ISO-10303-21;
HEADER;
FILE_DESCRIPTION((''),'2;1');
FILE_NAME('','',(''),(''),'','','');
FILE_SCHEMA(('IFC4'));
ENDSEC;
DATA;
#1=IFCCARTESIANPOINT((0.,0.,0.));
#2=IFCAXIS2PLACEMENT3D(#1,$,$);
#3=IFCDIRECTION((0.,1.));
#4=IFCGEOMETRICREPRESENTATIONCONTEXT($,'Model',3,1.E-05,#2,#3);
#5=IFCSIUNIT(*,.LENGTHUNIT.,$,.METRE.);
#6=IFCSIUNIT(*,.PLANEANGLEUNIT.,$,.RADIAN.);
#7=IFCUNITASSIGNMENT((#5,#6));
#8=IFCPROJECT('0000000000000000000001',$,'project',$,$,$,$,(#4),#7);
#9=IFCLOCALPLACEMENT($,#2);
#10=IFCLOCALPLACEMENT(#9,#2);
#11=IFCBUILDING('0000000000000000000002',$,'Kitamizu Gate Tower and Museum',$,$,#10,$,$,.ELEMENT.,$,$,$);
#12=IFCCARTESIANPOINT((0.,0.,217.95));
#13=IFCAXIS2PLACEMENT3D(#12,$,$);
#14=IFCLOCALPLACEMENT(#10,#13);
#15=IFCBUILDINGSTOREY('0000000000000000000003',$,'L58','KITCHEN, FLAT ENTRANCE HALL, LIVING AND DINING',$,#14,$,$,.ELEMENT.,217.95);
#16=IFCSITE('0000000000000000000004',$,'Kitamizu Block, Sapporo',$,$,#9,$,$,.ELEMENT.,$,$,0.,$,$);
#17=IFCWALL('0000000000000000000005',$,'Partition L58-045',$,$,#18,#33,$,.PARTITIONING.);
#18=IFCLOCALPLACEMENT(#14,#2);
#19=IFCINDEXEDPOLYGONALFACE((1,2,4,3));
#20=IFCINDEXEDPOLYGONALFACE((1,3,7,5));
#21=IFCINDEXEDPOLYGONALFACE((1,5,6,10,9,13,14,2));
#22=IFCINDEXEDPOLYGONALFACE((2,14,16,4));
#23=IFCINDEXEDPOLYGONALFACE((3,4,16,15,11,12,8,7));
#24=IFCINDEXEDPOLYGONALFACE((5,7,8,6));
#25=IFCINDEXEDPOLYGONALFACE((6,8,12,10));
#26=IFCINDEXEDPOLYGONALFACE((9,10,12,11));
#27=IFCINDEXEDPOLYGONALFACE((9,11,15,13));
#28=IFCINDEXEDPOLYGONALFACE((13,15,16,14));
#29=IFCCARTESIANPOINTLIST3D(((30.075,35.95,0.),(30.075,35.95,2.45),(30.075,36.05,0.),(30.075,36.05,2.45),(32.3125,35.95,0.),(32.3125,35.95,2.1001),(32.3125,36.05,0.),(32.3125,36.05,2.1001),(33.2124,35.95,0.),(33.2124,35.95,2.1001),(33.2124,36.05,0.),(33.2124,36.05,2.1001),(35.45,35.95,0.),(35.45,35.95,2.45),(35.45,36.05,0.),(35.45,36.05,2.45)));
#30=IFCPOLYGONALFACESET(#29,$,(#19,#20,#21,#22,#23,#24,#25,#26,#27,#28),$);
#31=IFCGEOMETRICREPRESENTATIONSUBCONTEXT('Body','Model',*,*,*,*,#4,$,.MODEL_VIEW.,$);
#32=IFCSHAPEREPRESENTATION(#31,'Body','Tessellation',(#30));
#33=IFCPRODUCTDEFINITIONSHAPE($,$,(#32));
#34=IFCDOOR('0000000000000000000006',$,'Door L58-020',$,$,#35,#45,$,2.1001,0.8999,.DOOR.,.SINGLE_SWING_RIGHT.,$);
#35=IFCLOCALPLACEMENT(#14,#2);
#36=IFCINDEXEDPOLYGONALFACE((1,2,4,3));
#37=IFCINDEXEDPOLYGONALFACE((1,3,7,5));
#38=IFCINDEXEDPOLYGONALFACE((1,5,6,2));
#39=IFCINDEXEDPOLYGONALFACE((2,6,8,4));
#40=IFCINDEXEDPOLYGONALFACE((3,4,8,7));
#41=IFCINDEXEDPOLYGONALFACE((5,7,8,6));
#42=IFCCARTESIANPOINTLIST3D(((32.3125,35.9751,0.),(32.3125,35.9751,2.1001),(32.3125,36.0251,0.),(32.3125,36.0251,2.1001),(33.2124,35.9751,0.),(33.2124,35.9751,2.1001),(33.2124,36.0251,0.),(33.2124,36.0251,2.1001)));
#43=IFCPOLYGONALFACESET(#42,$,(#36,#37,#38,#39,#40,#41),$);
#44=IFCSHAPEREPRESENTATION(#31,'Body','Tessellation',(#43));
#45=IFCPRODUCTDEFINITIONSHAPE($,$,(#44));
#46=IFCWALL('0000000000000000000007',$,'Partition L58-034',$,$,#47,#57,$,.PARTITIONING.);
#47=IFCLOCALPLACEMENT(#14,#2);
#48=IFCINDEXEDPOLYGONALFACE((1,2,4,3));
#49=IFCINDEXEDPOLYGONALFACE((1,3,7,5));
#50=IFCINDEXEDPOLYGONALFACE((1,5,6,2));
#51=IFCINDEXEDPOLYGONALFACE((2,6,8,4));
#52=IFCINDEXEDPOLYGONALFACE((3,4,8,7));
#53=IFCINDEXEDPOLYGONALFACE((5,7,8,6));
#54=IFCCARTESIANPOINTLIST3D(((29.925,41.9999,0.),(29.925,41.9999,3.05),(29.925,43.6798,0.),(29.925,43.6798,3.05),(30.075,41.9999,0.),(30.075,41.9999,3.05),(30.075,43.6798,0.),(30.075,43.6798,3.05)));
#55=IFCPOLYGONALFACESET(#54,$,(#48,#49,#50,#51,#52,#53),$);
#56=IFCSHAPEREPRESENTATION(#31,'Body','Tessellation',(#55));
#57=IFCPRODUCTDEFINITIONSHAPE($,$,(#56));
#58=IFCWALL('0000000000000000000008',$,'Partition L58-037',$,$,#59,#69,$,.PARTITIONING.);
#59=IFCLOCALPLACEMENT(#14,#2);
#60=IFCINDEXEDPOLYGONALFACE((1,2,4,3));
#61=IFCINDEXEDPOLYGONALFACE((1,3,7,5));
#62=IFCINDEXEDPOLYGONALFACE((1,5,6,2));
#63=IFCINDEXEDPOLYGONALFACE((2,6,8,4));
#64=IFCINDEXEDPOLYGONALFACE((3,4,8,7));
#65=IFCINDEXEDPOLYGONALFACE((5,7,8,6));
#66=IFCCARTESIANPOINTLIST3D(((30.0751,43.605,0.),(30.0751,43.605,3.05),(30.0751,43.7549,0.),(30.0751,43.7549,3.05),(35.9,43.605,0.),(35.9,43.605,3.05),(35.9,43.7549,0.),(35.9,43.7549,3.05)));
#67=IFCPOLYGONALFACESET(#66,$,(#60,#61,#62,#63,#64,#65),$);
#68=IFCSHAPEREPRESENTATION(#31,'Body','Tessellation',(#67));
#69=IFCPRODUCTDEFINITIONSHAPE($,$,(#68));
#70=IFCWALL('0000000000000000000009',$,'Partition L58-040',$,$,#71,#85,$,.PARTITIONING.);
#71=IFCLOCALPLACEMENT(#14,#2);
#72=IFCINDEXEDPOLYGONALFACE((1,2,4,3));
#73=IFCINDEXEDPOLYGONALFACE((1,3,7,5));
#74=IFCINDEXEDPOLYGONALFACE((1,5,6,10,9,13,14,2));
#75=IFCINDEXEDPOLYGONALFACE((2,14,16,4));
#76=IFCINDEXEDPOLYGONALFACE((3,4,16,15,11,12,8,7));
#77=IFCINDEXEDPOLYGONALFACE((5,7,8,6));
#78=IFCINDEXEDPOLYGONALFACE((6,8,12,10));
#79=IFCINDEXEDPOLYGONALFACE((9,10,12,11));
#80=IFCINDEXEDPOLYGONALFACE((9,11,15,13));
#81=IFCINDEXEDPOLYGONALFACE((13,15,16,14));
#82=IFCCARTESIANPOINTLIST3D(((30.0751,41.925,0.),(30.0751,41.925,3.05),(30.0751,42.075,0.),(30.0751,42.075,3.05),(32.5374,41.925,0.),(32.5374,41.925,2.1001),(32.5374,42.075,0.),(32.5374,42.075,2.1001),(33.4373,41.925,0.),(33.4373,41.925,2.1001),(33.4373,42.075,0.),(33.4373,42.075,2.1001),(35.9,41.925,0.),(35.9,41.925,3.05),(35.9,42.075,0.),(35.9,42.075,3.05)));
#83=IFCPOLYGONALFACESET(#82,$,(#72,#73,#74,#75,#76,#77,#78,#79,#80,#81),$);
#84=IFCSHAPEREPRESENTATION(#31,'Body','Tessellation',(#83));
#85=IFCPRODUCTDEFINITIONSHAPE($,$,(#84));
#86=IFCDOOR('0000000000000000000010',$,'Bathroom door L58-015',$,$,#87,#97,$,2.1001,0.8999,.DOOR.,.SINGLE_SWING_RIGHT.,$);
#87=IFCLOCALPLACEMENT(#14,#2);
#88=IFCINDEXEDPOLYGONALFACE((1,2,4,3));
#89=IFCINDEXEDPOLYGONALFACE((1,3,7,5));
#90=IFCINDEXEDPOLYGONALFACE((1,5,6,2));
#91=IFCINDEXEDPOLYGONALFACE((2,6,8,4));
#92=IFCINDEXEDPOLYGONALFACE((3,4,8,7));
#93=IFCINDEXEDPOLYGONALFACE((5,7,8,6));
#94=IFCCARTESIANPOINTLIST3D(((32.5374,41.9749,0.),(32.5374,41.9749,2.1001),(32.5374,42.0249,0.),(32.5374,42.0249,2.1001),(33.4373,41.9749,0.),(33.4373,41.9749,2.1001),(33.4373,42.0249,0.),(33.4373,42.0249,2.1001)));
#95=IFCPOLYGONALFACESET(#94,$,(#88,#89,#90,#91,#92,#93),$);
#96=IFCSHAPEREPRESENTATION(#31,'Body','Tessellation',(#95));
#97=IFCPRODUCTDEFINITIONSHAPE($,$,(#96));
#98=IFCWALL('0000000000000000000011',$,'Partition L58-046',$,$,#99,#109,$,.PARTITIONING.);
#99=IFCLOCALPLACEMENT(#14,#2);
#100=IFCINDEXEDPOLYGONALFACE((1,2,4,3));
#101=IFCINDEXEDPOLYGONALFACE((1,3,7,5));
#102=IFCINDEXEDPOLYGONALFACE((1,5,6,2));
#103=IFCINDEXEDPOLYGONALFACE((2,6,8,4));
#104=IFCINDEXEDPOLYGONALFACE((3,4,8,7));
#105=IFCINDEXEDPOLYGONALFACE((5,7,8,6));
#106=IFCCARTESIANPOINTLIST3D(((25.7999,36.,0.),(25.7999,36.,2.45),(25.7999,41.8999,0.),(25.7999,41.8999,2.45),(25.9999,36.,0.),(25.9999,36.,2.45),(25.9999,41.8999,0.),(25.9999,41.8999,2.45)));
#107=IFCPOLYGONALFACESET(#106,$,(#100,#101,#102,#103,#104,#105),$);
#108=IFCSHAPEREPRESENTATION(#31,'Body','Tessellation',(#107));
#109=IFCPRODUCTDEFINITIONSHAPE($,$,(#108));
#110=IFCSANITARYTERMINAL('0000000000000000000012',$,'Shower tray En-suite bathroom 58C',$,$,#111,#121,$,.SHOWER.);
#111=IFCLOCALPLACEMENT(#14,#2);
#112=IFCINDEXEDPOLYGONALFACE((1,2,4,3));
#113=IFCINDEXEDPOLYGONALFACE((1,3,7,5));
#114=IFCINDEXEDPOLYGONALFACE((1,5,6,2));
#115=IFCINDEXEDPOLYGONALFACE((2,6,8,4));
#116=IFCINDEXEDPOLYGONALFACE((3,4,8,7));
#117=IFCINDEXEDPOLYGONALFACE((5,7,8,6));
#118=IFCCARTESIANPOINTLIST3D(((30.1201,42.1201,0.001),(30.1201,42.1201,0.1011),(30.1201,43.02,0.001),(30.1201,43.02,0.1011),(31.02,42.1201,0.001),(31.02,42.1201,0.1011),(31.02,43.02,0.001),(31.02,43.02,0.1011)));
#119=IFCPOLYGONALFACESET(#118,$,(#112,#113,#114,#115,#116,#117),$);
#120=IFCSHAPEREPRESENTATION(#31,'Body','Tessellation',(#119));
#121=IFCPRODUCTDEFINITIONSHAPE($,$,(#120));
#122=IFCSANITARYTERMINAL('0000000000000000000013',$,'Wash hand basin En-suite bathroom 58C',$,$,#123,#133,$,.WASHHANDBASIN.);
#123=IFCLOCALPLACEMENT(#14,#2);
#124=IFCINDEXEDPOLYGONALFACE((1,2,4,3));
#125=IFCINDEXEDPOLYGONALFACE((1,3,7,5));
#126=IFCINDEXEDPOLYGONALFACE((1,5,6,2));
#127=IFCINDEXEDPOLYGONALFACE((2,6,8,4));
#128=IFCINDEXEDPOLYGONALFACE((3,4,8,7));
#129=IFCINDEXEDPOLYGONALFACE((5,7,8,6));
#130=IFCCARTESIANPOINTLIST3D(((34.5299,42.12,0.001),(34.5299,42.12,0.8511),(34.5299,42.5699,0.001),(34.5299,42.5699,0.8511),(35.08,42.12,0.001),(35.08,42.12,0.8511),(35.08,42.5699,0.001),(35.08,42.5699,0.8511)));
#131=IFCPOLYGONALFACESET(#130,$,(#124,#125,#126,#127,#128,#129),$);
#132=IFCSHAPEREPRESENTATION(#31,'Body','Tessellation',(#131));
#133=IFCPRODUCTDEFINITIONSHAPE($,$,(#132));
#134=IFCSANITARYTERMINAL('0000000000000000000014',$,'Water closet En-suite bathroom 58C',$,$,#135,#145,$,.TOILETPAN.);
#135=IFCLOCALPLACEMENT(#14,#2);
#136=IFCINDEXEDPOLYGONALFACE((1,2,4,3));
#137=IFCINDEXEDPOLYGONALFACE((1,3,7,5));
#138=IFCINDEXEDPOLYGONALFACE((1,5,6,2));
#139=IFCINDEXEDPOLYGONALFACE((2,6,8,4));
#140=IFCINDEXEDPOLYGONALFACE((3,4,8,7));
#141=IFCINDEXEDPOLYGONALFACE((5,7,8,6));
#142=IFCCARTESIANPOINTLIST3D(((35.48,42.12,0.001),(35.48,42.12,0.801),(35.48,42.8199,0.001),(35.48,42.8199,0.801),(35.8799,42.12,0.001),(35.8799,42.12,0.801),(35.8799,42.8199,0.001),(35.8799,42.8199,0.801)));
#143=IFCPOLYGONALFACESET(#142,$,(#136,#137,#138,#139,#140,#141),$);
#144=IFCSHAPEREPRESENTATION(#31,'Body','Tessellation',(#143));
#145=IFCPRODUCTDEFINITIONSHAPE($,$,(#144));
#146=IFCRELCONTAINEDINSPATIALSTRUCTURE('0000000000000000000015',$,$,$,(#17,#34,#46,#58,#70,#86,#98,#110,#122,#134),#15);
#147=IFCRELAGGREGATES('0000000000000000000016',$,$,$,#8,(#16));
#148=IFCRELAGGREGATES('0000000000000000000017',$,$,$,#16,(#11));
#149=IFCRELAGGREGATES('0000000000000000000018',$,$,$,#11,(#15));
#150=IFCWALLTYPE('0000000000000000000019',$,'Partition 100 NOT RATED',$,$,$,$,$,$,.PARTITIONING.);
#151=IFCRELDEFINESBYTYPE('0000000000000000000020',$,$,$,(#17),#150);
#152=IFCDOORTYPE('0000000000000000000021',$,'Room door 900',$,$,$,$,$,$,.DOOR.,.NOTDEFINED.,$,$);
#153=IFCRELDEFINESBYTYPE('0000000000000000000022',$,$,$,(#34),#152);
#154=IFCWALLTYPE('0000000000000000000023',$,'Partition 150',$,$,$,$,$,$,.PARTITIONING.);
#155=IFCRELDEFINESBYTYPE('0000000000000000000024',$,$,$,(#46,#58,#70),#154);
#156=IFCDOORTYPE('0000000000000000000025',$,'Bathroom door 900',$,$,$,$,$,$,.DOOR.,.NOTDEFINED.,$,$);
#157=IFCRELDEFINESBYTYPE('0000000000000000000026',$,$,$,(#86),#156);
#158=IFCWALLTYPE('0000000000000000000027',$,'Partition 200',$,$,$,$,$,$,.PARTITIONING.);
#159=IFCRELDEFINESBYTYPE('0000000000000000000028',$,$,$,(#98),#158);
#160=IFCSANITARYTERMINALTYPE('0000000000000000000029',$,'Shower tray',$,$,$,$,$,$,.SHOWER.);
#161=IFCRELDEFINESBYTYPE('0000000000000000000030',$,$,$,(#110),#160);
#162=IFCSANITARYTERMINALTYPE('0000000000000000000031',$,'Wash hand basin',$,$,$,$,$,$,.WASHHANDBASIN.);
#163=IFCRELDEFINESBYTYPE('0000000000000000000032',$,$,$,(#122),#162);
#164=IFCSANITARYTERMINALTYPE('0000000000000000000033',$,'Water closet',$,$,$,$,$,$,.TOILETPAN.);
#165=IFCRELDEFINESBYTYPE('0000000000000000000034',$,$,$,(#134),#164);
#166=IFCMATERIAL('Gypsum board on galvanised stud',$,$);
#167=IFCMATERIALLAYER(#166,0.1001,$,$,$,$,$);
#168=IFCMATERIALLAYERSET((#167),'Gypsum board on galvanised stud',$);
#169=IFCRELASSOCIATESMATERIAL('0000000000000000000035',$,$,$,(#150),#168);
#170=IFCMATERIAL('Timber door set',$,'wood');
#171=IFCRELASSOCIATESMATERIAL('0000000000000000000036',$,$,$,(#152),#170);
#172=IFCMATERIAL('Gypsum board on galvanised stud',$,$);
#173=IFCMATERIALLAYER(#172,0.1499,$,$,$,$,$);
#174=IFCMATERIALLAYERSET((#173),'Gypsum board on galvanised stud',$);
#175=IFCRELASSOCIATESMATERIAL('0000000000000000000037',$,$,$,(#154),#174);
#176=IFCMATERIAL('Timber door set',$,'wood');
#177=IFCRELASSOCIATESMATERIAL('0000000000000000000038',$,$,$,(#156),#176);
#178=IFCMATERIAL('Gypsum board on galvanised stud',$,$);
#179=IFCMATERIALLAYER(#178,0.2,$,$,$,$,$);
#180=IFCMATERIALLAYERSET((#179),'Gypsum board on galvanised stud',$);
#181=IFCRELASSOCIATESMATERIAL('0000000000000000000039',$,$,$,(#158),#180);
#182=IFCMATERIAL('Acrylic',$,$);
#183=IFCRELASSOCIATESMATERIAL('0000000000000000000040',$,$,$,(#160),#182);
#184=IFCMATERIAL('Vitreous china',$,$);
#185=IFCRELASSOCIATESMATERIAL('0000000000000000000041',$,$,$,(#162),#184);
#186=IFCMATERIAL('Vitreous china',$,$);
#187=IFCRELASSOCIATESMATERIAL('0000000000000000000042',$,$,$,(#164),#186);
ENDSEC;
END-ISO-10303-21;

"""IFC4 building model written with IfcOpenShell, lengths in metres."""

from ifc_helpers import new_model, si_unit, direction, frame, frame_2d, origin, origin_2d, place, context, subcontext, project, spatial, rectangle, extrude, material, layer, layer_set, type_object, element, fill, save


model = new_model("IFC4")

# Units and contexts
model_context = context("Model", 3, precision=1e-05, world=origin(), true_north=direction((0.0, 1.0)))
body_context = subcontext(model_context, "Body", "Model", "MODEL_VIEW")
ifc_project = project(units=[si_unit("LENGTHUNIT", "METRE"), si_unit("PLANEANGLEUNIT", "RADIAN")], contexts=[model_context])

# Site, building, storey
site_placement = place(None, origin())
site = spatial("IfcSite", under=ifc_project, at=site_placement, Name="Kitamizu Block, Sapporo", CompositionType="ELEMENT", RefElevation=0.0)
building_placement = place(site_placement, origin())
building = spatial("IfcBuilding", under=site, at=building_placement, Name="Kitamizu Gate Tower and Museum", CompositionType="ELEMENT")
storey_placement = place(building_placement, frame((0.0, 0.0, 217.95)))
storey = spatial("IfcBuildingStorey", under=building, at=storey_placement, Name="L58", Description="KITCHEN, FLAT ENTRANCE HALL, LIVING AND DINING", CompositionType="ELEMENT", Elevation=217.95)

# Wall, opening, door
ifc_material_1 = material(Name="Gypsum board on galvanised stud")
ifc_layer_1 = layer(ifc_material_1, 0.1001)
ifc_layer_set_1 = layer_set([ifc_layer_1], Name="Gypsum board on galvanised stud")
wall_type_1 = type_object("IfcWallType", Name="Partition 100 NOT RATED", PredefinedType="PARTITIONING", material=ifc_layer_set_1)
ifc_material_2 = material(Name="Timber door set", Category="wood")
door_type_1 = type_object("IfcDoorType", Name="Room door 900", OperationType="NOTDEFINED", PredefinedType="DOOR", material=ifc_material_2)
wall_1_placement = place(storey_placement, frame((30.075, 36.0, 0.0), z_axis=(0.0, 0.0, 1.0), x_axis=(1.0, 0.0, 0.0)))
wall_1 = element("IfcWall", 1, at=wall_1_placement, inside=storey, type_object=wall_type_1, Name="Partition L58-045", PredefinedType="PARTITIONING", context=body_context, shape_type="SweptSolid", body=[
    extrude(rectangle(XDim=5.375, YDim=0.1001, at=frame_2d((2.6875, 0.0))), origin(), (0.0, 0.0, 1.0), 2.45),
])
opening_1_placement = place(wall_1_placement, frame((2.2375, 0.0, 0.0)))
opening_1 = element("IfcOpeningElement", 2, at=opening_1_placement, cuts=wall_1, PredefinedType="OPENING", context=body_context, shape_type="SweptSolid", body=[
    extrude(rectangle(XDim=0.8999, YDim=2.1001, at=frame_2d((0.45, 1.05))), frame((0.0, 0.0601, 0.0), z_axis=(0.0, -1.0, 0.0), x_axis=(1.0, 0.0, 0.0)), (0.0, 0.0, 1.0), 0.1201),
])
door_1_placement = place(opening_1_placement, frame((0.8999, 0.0, 0.0), x_axis=(-1.0, 0.0, 0.0)))
door_1 = element("IfcDoor", 3, at=door_1_placement, inside=storey, type_object=door_type_1, Name="Door L58-020", OperationType="SINGLE_SWING_RIGHT", OverallHeight=2.1001, OverallWidth=0.8999, PredefinedType="DOOR", context=body_context, shape_type="SweptSolid", body=[
    extrude(rectangle(XDim=0.8999, YDim=2.1001, at=frame_2d((0.45, 1.05))), frame((0.0, 0.0249, 0.0), z_axis=(0.0, -1.0, 0.0), x_axis=(1.0, 0.0, 0.0)), (0.0, 0.0, 1.0), 0.05),
])
fill(opening_1, door_1)

# Walls
ifc_material_3 = material(Name="Gypsum board on galvanised stud")
ifc_layer_2 = layer(ifc_material_3, 0.1499)
ifc_layer_set_2 = layer_set([ifc_layer_2], Name="Gypsum board on galvanised stud")
wall_type_2 = type_object("IfcWallType", Name="Partition 150", PredefinedType="PARTITIONING", material=ifc_layer_set_2)
wall_2_placement = place(storey_placement, frame((30.0, 42.0, 0.0), z_axis=(0.0, 0.0, 1.0), x_axis=(0.0, 1.0, 0.0)))
element("IfcWall", 4, at=wall_2_placement, inside=storey, type_object=wall_type_2, Name="Partition L58-034", PredefinedType="PARTITIONING", context=body_context, shape_type="SweptSolid", body=[
    extrude(rectangle(XDim=1.6799, YDim=0.1499, at=frame_2d((0.8398, 0.0))), origin(), (0.0, 0.0, 1.0), 3.05),
])
wall_3_placement = place(storey_placement, frame((30.075, 43.6799, 0.0), z_axis=(0.0, 0.0, 1.0), x_axis=(1.0, 0.0, 0.0)))
element("IfcWall", 5, at=wall_3_placement, inside=storey, type_object=wall_type_2, Name="Partition L58-037", PredefinedType="PARTITIONING", context=body_context, shape_type="SweptSolid", body=[
    extrude(rectangle(XDim=5.825, YDim=0.1499, at=frame_2d((2.9126, 0.0))), origin(), (0.0, 0.0, 1.0), 3.05),
])

# Wall, opening, door
wall_4_placement = place(storey_placement, frame((30.075, 42.0, 0.0), z_axis=(0.0, 0.0, 1.0), x_axis=(1.0, 0.0, 0.0)))
wall_4 = element("IfcWall", 6, at=wall_4_placement, inside=storey, type_object=wall_type_2, Name="Partition L58-040", PredefinedType="PARTITIONING", context=body_context, shape_type="SweptSolid", body=[
    extrude(rectangle(XDim=5.825, YDim=0.1499, at=frame_2d((2.9126, 0.0))), origin(), (0.0, 0.0, 1.0), 3.05),
])
opening_2_placement = place(wall_4_placement, frame((2.4624, 0.0, 0.0)))
opening_2 = element("IfcOpeningElement", 7, at=opening_2_placement, cuts=wall_4, PredefinedType="OPENING", context=body_context, shape_type="SweptSolid", body=[
    extrude(rectangle(XDim=0.8999, YDim=2.1001, at=frame_2d((0.45, 1.05))), frame((0.0, 0.085, 0.0), z_axis=(0.0, -1.0, 0.0), x_axis=(1.0, 0.0, 0.0)), (0.0, 0.0, 1.0), 0.1699),
])
ifc_material_4 = material(Name="Timber door set", Category="wood")
door_type_2 = type_object("IfcDoorType", Name="Bathroom door 900", OperationType="NOTDEFINED", PredefinedType="DOOR", material=ifc_material_4)
door_2_placement = place(opening_2_placement, origin())
door_2 = element("IfcDoor", 8, at=door_2_placement, inside=storey, type_object=door_type_2, Name="Bathroom door L58-015", OperationType="SINGLE_SWING_RIGHT", OverallHeight=2.1001, OverallWidth=0.8999, PredefinedType="DOOR", context=body_context, shape_type="SweptSolid", body=[
    extrude(rectangle(XDim=0.8999, YDim=2.1001, at=frame_2d((0.45, 1.05))), frame((0.0, 0.0249, 0.0), z_axis=(0.0, -1.0, 0.0), x_axis=(1.0, 0.0, 0.0)), (0.0, 0.0, 1.0), 0.05),
])
fill(opening_2, door_2)

# Wall
ifc_material_5 = material(Name="Gypsum board on galvanised stud")
ifc_layer_3 = layer(ifc_material_5, 0.2)
ifc_layer_set_3 = layer_set([ifc_layer_3], Name="Gypsum board on galvanised stud")
wall_type_3 = type_object("IfcWallType", Name="Partition 200", PredefinedType="PARTITIONING", material=ifc_layer_set_3)
wall_5_placement = place(storey_placement, frame((25.8999, 41.8999, 0.0), z_axis=(0.0, 0.0, 1.0), x_axis=(0.0, -1.0, 0.0)))
element("IfcWall", 9, at=wall_5_placement, inside=storey, type_object=wall_type_3, Name="Partition L58-046", PredefinedType="PARTITIONING", context=body_context, shape_type="SweptSolid", body=[
    extrude(rectangle(XDim=5.8999, YDim=0.2, at=frame_2d((2.95, 0.0))), origin(), (0.0, 0.0, 1.0), 2.45),
])

# Sanitary terminals
ifc_material_6 = material(Name="Acrylic")
sanitary_terminal_type_1 = type_object("IfcSanitaryTerminalType", Name="Shower tray", PredefinedType="SHOWER", material=ifc_material_6)
sanitary_terminal_1_placement = place(storey_placement, frame((30.5701, 42.5701, 0.001), z_axis=(0.0, 0.0, 1.0), x_axis=(1.0, 0.0, 0.0)))
element("IfcSanitaryTerminal", 10, at=sanitary_terminal_1_placement, inside=storey, type_object=sanitary_terminal_type_1, Name="Shower tray En-suite bathroom 58C", PredefinedType="SHOWER", context=body_context, shape_type="SweptSolid", body=[
    extrude(rectangle(XDim=0.8999, YDim=0.8999, at=origin_2d()), origin(), (0.0, 0.0, 1.0), 0.1001),
])
ifc_material_7 = material(Name="Vitreous china")
sanitary_terminal_type_2 = type_object("IfcSanitaryTerminalType", Name="Wash hand basin", PredefinedType="WASHHANDBASIN", material=ifc_material_7)
sanitary_terminal_2_placement = place(storey_placement, frame((34.8049, 42.345, 0.001), z_axis=(0.0, 0.0, 1.0), x_axis=(1.0, 0.0, 0.0)))
element("IfcSanitaryTerminal", 11, at=sanitary_terminal_2_placement, inside=storey, type_object=sanitary_terminal_type_2, Name="Wash hand basin En-suite bathroom 58C", PredefinedType="WASHHANDBASIN", context=body_context, shape_type="SweptSolid", body=[
    extrude(rectangle(XDim=0.55, YDim=0.45, at=origin_2d()), origin(), (0.0, 0.0, 1.0), 0.8501),
])
ifc_material_8 = material(Name="Vitreous china")
sanitary_terminal_type_3 = type_object("IfcSanitaryTerminalType", Name="Water closet", PredefinedType="TOILETPAN", material=ifc_material_8)
sanitary_terminal_3_placement = place(storey_placement, frame((35.6799, 42.47, 0.001), z_axis=(0.0, 0.0, 1.0), x_axis=(1.0, 0.0, 0.0)))
element("IfcSanitaryTerminal", 12, at=sanitary_terminal_3_placement, inside=storey, type_object=sanitary_terminal_type_3, Name="Water closet En-suite bathroom 58C", PredefinedType="TOILETPAN", context=body_context, shape_type="SweptSolid", body=[
    extrude(rectangle(XDim=0.3999, YDim=0.7, at=origin_2d()), origin(), (0.0, 0.0, 1.0), 0.8),
])

save(model, "model.ifc")
